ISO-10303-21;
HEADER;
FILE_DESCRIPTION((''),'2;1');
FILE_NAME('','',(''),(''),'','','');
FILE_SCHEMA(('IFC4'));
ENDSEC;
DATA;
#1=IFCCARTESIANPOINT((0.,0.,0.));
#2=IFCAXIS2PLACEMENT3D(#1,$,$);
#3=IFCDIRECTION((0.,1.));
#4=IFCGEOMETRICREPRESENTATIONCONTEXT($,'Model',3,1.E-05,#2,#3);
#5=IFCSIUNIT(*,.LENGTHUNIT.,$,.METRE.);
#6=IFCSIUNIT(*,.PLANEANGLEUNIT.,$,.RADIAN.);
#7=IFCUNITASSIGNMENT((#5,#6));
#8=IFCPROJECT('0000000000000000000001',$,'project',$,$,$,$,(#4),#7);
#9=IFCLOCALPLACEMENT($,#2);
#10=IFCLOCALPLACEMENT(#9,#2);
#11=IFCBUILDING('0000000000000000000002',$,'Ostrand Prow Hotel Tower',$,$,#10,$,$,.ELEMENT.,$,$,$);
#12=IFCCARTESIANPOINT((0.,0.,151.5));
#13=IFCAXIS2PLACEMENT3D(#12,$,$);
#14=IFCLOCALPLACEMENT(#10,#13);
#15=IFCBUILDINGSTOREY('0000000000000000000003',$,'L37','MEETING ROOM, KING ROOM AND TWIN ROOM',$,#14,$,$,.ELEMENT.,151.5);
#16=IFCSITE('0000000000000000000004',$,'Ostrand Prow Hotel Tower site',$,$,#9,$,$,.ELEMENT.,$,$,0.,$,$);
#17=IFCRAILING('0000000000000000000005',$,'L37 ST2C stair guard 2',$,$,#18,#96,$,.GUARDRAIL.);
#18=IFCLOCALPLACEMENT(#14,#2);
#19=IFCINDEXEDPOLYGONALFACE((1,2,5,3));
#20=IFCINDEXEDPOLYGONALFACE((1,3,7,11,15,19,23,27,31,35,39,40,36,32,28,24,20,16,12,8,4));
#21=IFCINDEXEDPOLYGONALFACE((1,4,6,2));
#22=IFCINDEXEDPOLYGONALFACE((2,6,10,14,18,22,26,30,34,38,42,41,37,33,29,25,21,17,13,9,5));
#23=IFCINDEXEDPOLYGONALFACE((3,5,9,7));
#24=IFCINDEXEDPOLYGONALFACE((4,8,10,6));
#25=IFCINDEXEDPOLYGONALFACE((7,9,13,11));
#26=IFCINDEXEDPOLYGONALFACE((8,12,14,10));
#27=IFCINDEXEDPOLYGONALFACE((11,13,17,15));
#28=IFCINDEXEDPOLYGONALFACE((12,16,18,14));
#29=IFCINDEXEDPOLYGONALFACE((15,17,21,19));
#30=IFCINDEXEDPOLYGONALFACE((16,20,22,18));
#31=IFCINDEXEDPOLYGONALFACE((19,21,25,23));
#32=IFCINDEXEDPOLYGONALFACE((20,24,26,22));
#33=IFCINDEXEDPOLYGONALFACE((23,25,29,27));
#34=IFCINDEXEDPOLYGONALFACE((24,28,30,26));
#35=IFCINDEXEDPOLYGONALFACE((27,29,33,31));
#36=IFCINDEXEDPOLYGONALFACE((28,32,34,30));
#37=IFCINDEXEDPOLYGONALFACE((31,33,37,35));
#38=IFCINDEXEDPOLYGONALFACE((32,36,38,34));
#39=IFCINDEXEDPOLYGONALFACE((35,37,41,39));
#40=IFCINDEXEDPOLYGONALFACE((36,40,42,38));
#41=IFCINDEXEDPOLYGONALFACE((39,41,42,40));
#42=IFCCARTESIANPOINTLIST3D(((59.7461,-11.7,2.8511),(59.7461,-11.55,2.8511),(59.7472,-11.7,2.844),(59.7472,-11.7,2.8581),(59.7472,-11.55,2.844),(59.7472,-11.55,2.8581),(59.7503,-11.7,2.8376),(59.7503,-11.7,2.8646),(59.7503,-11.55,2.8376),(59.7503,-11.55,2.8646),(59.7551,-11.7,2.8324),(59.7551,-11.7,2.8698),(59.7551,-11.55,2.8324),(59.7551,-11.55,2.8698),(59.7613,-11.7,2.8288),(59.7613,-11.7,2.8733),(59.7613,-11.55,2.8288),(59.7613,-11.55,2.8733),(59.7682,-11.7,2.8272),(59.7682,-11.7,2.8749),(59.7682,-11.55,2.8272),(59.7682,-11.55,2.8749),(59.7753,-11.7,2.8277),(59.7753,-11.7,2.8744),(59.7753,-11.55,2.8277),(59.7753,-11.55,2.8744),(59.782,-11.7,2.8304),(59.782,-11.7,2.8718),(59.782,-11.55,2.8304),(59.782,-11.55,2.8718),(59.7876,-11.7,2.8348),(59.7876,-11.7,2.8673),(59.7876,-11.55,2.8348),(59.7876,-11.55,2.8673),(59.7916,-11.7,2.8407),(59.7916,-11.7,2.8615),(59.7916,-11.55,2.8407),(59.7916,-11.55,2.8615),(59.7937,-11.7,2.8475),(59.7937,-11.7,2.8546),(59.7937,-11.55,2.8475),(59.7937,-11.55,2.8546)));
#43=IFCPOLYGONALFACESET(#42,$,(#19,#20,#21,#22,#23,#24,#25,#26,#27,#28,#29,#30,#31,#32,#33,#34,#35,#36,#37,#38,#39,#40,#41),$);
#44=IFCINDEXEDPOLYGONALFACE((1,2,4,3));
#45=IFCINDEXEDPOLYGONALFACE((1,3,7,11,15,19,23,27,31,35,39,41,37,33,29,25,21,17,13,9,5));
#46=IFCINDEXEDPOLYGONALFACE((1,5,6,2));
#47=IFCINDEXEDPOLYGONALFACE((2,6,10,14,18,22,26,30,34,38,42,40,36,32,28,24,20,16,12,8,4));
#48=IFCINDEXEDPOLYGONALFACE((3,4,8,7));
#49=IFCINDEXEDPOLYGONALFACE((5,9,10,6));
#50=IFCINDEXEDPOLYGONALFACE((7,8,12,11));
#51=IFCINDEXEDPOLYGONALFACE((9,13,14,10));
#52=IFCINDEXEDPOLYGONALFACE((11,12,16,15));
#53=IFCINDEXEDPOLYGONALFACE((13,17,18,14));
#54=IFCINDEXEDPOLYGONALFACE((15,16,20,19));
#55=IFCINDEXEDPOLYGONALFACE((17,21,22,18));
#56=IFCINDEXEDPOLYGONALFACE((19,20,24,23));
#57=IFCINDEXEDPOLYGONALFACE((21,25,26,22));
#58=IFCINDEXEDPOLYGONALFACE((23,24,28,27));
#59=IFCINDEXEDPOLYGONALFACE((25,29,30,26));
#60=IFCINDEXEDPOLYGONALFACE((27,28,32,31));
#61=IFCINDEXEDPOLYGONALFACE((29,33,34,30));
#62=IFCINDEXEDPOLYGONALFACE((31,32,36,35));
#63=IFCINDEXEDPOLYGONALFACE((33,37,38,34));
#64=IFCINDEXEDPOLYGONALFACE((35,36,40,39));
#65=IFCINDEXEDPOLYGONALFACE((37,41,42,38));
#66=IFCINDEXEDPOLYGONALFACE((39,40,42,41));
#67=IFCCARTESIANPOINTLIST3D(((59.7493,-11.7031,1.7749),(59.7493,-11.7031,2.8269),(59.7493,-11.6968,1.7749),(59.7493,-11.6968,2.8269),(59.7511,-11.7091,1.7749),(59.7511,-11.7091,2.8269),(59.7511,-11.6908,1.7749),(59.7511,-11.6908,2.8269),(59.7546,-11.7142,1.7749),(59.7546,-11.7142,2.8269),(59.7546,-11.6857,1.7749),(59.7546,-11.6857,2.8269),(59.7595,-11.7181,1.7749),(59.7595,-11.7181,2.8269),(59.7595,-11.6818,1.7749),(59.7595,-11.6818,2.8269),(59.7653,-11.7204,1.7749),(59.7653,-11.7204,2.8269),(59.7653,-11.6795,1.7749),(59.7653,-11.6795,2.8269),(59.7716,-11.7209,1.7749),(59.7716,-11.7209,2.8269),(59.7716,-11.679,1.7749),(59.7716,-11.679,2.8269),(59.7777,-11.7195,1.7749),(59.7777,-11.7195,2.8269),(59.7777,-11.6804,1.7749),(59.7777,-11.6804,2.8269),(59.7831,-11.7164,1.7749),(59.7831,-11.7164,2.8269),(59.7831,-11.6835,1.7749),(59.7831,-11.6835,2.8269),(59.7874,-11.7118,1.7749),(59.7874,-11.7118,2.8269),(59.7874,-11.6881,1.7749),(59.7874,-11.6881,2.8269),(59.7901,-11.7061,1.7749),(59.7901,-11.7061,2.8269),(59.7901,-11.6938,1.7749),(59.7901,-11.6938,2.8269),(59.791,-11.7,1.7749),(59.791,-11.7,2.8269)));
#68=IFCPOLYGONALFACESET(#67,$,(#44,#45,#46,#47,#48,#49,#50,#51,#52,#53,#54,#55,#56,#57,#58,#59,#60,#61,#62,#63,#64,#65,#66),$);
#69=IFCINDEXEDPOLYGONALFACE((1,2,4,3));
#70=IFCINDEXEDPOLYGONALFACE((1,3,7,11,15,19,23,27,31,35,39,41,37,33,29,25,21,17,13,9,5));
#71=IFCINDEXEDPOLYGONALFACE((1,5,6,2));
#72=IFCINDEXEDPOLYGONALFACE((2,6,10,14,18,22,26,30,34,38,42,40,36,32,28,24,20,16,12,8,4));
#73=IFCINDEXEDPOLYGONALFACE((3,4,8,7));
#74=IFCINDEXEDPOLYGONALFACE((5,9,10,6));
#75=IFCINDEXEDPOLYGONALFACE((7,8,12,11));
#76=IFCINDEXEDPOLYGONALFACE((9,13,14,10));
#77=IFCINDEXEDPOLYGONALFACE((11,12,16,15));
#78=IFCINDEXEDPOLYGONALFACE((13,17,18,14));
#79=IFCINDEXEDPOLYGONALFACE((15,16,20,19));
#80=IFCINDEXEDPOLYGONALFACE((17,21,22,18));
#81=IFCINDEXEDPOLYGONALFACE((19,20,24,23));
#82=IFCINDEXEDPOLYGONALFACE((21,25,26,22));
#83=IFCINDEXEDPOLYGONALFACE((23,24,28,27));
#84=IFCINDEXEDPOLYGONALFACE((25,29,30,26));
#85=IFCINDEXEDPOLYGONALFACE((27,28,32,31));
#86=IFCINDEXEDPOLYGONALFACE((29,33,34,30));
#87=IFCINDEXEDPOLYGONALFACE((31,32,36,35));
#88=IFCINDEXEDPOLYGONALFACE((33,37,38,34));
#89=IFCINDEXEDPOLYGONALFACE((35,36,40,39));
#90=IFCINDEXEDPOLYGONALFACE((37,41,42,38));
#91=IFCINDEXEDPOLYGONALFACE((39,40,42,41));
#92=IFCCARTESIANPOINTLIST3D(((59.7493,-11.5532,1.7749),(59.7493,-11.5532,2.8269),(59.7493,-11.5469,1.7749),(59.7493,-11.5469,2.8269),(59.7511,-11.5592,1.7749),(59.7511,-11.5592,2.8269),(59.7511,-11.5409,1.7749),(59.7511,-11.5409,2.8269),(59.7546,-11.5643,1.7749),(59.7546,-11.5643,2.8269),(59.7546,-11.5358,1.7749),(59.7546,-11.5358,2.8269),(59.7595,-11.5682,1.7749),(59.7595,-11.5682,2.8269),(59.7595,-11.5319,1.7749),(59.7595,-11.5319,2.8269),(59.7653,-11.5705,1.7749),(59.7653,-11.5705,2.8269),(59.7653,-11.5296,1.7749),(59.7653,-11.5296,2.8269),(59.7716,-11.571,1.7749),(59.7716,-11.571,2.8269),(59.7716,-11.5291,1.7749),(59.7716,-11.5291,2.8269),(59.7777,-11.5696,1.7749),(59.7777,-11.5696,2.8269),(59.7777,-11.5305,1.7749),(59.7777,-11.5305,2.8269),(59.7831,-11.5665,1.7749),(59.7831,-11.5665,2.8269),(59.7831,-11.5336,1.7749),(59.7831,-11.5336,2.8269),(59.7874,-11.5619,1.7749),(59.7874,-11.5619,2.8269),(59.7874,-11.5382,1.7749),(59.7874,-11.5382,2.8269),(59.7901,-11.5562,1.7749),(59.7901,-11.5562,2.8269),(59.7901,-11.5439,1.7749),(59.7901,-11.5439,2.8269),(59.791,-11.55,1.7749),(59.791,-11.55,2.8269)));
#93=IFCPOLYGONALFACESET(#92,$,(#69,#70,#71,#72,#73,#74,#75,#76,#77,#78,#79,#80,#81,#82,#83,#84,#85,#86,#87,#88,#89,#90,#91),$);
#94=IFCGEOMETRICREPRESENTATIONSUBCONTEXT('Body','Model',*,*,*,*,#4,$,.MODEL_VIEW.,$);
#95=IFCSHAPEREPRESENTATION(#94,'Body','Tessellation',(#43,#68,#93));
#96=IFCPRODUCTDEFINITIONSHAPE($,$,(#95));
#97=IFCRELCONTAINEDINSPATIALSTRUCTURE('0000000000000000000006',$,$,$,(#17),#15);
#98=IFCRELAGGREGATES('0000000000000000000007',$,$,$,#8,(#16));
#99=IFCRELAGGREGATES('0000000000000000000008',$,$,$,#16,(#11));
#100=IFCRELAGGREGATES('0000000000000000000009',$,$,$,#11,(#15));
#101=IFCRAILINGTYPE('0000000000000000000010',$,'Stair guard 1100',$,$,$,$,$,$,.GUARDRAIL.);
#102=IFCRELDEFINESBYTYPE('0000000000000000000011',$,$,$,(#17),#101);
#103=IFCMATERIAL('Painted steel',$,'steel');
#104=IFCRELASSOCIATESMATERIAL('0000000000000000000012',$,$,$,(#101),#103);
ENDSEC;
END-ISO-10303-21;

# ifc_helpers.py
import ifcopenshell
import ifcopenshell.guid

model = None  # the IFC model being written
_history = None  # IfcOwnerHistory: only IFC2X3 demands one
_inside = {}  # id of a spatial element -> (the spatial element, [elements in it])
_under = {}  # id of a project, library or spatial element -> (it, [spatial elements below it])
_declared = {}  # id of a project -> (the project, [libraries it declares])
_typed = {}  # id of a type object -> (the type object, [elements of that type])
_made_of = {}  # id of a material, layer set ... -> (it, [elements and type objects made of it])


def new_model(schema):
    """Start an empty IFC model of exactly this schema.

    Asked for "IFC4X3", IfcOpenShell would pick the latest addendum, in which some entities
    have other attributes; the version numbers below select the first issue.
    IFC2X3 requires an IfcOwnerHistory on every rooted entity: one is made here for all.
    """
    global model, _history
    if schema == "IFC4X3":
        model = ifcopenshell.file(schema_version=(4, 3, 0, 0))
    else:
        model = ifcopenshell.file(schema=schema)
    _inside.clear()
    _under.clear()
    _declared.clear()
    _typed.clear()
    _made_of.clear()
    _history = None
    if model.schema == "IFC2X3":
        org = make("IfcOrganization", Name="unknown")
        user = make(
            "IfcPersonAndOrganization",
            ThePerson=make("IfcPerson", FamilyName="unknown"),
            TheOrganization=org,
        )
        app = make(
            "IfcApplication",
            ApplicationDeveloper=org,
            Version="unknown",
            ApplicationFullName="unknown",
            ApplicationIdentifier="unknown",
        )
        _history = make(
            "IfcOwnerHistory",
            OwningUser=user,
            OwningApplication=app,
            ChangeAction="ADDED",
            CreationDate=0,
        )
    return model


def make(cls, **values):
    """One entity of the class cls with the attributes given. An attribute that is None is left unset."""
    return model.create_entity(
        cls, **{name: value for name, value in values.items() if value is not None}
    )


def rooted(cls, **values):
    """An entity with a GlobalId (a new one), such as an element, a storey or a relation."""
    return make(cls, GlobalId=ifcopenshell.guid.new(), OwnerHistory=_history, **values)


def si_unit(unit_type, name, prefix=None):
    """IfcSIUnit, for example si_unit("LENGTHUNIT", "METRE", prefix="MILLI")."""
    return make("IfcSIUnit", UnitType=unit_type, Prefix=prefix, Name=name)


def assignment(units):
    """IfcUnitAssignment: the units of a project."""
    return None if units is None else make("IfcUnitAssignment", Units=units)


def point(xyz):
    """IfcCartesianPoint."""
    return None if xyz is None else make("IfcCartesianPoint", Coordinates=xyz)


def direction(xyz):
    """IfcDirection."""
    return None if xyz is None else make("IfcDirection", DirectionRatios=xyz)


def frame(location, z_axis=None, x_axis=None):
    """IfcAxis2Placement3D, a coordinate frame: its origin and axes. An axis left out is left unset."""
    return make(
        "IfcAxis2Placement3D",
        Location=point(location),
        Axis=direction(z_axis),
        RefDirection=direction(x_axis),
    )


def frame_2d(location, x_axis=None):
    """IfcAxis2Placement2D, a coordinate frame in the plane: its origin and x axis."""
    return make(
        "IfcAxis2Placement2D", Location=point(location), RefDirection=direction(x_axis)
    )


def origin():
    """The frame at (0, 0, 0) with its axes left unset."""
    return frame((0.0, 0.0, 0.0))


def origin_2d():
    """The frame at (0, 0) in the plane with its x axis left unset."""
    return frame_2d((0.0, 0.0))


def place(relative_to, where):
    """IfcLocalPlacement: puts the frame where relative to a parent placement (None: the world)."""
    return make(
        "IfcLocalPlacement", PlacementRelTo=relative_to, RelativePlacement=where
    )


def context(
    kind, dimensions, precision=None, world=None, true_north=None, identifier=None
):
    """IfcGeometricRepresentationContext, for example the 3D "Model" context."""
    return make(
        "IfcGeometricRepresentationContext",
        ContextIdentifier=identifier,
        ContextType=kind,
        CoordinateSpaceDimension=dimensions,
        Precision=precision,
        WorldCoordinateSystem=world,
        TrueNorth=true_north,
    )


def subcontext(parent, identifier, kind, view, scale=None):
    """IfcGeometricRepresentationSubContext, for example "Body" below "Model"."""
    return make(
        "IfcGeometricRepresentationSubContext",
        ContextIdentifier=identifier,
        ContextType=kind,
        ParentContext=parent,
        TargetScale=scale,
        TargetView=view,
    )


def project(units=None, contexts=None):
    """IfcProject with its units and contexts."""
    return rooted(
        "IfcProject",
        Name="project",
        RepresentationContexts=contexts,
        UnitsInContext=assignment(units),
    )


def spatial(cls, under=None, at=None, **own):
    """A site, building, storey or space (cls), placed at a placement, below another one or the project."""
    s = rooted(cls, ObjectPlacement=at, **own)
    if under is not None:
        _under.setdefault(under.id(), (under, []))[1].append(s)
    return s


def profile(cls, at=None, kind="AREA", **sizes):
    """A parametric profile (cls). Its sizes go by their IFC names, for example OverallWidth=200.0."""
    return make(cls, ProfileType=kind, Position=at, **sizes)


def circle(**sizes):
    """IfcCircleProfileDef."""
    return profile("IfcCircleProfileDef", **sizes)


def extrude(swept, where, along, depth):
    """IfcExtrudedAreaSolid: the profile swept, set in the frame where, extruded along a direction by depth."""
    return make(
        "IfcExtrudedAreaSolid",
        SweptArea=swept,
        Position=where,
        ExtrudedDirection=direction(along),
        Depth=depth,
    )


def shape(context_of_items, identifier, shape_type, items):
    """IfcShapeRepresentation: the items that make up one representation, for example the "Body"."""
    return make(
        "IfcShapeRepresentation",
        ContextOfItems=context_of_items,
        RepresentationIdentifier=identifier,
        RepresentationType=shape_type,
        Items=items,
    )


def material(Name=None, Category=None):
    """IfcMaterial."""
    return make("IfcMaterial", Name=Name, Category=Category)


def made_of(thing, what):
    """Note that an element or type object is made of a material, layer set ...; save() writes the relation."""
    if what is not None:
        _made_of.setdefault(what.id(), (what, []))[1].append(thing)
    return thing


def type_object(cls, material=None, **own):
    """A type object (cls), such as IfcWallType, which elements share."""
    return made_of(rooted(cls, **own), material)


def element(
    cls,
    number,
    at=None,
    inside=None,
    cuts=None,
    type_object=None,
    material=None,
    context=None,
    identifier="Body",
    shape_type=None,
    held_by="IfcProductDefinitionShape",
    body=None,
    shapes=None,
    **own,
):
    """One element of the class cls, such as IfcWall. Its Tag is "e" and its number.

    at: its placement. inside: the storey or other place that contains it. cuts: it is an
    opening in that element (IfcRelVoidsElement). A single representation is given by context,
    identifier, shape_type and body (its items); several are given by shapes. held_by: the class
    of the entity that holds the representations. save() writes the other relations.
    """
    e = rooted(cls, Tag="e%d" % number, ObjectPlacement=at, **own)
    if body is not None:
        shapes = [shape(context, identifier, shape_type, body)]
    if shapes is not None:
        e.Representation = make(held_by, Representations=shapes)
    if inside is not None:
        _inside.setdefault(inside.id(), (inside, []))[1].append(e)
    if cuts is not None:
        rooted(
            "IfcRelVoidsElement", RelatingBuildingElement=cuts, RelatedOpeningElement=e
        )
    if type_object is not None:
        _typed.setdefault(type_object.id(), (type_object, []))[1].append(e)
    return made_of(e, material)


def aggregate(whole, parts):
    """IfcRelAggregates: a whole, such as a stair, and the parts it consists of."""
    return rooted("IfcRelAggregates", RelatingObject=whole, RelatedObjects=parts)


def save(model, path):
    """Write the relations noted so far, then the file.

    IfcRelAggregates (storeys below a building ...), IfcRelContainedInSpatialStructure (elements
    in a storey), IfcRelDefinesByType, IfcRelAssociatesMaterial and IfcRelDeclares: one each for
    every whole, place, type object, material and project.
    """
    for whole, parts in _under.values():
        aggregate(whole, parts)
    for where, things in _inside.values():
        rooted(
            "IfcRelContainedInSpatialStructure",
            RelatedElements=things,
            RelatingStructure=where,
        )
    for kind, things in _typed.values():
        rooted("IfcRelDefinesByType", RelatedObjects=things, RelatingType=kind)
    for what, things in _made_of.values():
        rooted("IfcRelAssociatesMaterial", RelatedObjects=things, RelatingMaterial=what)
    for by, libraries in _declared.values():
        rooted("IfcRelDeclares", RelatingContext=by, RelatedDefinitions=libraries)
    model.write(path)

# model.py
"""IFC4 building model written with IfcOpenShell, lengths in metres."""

from ifc_helpers import new_model, si_unit, direction, frame, origin, origin_2d, place, context, subcontext, project, spatial, circle, extrude, material, type_object, element, save


model = new_model("IFC4")

# Units and contexts
model_context = context("Model", 3, precision=1e-05, world=origin(), true_north=direction((0.0, 1.0)))
body_context = subcontext(model_context, "Body", "Model", "MODEL_VIEW")
ifc_project = project(units=[si_unit("LENGTHUNIT", "METRE"), si_unit("PLANEANGLEUNIT", "RADIAN")], contexts=[model_context])

# Site, building, storey
site_placement = place(None, origin())
site = spatial("IfcSite", under=ifc_project, at=site_placement, Name="Ostrand Prow Hotel Tower site", CompositionType="ELEMENT", RefElevation=0.0)
building_placement = place(site_placement, origin())
building = spatial("IfcBuilding", under=site, at=building_placement, Name="Ostrand Prow Hotel Tower", CompositionType="ELEMENT")
storey_placement = place(building_placement, frame((0.0, 0.0, 151.5)))
storey = spatial("IfcBuildingStorey", under=building, at=storey_placement, Name="L37", Description="MEETING ROOM, KING ROOM AND TWIN ROOM", CompositionType="ELEMENT", Elevation=151.5)

# Railing
ifc_material_1 = material(Name="Painted steel", Category="steel")
railing_type_1 = type_object("IfcRailingType", Name="Stair guard 1100", PredefinedType="GUARDRAIL", material=ifc_material_1)
railing_1_placement = place(storey_placement, frame((59.77, -11.7, 1.7749)))
element("IfcRailing", 1, at=railing_1_placement, inside=storey, type_object=railing_type_1, Name="L37 ST2C stair guard 2", PredefinedType="GUARDRAIL", context=body_context, shape_type="SweptSolid", body=[
    extrude(circle(Radius=0.0239, at=origin_2d()), frame((0.0, 0.0, 1.0762), z_axis=(0.0, 1.0, 0.0), x_axis=(-1.0, 0.0, 0.0)), (0.0, 0.0, 1.0), 0.1499),
    extrude(circle(Radius=0.021, at=origin_2d()), origin(), (0.0, 0.0, 1.0), 1.052),
    extrude(circle(Radius=0.021, at=origin_2d()), frame((0.0, 0.1499, 0.0)), (0.0, 0.0, 1.0), 1.052),
])

save(model, "model.ifc")
